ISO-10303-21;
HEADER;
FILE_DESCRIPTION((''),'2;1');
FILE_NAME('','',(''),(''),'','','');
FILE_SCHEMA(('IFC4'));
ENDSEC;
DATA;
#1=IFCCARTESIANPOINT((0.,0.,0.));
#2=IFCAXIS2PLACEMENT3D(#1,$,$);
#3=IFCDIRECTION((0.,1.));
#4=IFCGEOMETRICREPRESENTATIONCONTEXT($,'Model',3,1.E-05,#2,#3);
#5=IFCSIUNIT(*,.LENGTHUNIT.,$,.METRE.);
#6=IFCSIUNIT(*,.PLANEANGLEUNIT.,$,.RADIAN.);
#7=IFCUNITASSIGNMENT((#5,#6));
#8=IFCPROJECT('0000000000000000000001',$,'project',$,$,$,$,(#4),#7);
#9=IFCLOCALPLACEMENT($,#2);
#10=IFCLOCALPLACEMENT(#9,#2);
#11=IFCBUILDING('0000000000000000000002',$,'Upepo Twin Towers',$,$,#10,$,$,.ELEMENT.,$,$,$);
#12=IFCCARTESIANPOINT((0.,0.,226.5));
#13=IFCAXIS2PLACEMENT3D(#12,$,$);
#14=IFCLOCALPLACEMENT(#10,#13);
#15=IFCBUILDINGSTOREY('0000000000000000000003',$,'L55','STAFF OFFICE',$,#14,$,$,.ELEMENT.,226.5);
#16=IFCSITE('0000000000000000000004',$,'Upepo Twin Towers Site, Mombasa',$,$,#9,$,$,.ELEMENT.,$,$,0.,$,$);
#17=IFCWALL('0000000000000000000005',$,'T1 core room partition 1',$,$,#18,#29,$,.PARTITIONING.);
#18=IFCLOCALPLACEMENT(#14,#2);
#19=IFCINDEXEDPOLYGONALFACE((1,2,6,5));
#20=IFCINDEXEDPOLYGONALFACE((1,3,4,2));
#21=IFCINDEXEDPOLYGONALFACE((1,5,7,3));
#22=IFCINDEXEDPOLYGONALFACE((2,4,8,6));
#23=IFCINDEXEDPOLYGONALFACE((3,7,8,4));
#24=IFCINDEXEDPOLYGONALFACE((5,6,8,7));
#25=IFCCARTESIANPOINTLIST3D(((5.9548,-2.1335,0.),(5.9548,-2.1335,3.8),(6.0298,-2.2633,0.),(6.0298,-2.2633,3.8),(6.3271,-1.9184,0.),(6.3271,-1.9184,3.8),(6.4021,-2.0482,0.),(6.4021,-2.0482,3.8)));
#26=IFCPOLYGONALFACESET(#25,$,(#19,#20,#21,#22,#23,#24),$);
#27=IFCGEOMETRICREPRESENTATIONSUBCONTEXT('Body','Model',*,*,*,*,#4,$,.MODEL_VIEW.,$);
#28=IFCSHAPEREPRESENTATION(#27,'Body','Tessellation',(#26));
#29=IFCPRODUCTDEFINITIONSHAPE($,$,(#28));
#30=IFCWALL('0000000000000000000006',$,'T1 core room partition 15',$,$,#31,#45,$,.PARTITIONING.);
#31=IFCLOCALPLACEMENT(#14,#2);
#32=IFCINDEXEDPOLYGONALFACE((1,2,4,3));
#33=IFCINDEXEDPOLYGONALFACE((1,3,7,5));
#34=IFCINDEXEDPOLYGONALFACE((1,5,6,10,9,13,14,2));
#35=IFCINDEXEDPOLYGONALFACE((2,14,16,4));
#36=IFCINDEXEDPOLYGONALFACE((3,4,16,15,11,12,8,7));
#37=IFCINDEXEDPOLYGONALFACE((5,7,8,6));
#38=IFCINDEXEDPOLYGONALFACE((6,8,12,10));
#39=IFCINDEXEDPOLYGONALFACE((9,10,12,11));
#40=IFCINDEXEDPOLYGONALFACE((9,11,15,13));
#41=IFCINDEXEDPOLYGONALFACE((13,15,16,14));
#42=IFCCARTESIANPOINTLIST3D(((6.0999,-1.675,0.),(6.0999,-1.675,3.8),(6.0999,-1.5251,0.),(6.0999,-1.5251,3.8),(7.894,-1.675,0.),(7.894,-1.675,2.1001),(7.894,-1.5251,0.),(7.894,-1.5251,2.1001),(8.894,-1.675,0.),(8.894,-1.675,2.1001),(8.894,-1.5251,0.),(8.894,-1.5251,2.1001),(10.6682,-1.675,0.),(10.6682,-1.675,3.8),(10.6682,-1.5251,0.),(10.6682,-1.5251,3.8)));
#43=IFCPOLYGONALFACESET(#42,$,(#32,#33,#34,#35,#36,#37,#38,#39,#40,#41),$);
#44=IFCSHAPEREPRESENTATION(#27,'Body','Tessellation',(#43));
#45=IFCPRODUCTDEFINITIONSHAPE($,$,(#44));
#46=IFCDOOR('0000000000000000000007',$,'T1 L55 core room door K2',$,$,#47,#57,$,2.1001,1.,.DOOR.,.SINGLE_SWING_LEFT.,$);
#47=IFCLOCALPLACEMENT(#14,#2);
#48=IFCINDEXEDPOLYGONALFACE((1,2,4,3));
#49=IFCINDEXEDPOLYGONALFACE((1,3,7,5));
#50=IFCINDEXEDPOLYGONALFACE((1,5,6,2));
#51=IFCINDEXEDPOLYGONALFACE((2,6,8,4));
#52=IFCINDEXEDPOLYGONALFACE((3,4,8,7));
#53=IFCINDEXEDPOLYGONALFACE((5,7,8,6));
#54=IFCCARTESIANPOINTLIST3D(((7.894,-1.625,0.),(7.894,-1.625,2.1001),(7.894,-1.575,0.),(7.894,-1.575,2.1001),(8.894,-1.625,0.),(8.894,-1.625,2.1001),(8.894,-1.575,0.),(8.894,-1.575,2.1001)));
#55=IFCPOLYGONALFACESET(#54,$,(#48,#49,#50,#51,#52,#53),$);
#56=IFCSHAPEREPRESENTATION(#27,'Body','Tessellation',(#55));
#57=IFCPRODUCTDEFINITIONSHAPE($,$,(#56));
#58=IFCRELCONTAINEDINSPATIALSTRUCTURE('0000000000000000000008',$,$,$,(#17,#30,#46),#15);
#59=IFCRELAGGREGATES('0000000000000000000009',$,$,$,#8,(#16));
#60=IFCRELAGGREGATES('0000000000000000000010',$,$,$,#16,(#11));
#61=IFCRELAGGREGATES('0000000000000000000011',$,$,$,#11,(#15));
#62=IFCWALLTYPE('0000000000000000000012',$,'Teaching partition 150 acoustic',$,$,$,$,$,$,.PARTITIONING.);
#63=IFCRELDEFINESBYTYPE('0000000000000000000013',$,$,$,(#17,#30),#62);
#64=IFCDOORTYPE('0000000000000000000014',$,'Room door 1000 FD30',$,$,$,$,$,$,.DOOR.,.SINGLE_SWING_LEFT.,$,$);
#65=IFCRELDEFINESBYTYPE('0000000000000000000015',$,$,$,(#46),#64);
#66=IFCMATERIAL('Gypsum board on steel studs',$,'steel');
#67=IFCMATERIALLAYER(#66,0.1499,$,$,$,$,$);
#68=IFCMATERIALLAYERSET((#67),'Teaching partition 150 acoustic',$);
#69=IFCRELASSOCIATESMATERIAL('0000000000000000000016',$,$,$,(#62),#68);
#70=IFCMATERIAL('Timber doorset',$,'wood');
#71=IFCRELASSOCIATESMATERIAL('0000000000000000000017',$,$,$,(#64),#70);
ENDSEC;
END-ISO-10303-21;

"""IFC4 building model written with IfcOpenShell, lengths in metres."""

from ifc_helpers import new_model, si_unit, direction, frame, frame_2d, origin, place, context, subcontext, project, spatial, rectangle, extrude, material, layer, layer_set, type_object, element, fill, save


model = new_model("IFC4")

# Units and contexts
model_context = context("Model", 3, precision=1e-05, world=origin(), true_north=direction((0.0, 1.0)))
body_context = subcontext(model_context, "Body", "Model", "MODEL_VIEW")
ifc_project = project(units=[si_unit("LENGTHUNIT", "METRE"), si_unit("PLANEANGLEUNIT", "RADIAN")], contexts=[model_context])

# Site, building, storey
site_placement = place(None, origin())
site = spatial("IfcSite", under=ifc_project, at=site_placement, Name="Upepo Twin Towers Site, Mombasa", CompositionType="ELEMENT", RefElevation=0.0)
building_placement = place(site_placement, origin())
building = spatial("IfcBuilding", under=site, at=building_placement, Name="Upepo Twin Towers", CompositionType="ELEMENT")
storey_placement = place(building_placement, frame((0.0, 0.0, 226.5)))
storey = spatial("IfcBuildingStorey", under=building, at=storey_placement, Name="L55", Description="STAFF OFFICE", CompositionType="ELEMENT", Elevation=226.5)

# Wall
ifc_material_1 = material(Name="Gypsum board on steel studs", Category="steel")
ifc_layer_1 = layer(ifc_material_1, 0.1499)
ifc_layer_set_1 = layer_set([ifc_layer_1], Name="Teaching partition 150 acoustic")
wall_type_1 = type_object("IfcWallType", Name="Teaching partition 150 acoustic", PredefinedType="PARTITIONING", material=ifc_layer_set_1)
wall_1_placement = place(storey_placement, frame((6.3645, -1.9834, 0.0), z_axis=(0.0, 0.0, 1.0), x_axis=(-0.865892, -0.50023, 0.0)))
element("IfcWall", 1, at=wall_1_placement, inside=storey, type_object=wall_type_1, Name="T1 core room partition 1", PredefinedType="PARTITIONING", context=body_context, shape_type="SweptSolid", body=[
    extrude(rectangle(XDim=0.4299, YDim=0.1499, at=frame_2d((0.2148, 0.0))), origin(), (0.0, 0.0, 1.0), 3.8),
])

# Wall, opening, door
wall_2_placement = place(storey_placement, frame((10.6682, -1.6001, 0.0), z_axis=(0.0, 0.0, 1.0), x_axis=(-1.0, 0.0, 0.0)))
wall_2 = element("IfcWall", 2, at=wall_2_placement, inside=storey, type_object=wall_type_1, Name="T1 core room partition 15", PredefinedType="PARTITIONING", context=body_context, shape_type="SweptSolid", body=[
    extrude(rectangle(XDim=4.5684, YDim=0.1499, at=frame_2d((2.2842, 0.0))), origin(), (0.0, 0.0, 1.0), 3.8),
])
opening_1_placement = place(wall_2_placement, frame((1.7742, 0.0, 0.0)))
opening_1 = element("IfcOpeningElement", 3, at=opening_1_placement, cuts=wall_2, PredefinedType="OPENING", context=body_context, shape_type="SweptSolid", body=[
    extrude(rectangle(XDim=1.0, YDim=2.1001, at=frame_2d((0.5, 1.05))), frame((0.0, 0.085, 0.0), z_axis=(0.0, -1.0, 0.0), x_axis=(1.0, 0.0, 0.0)), (0.0, 0.0, 1.0), 0.1699),
])
ifc_material_2 = material(Name="Timber doorset", Category="wood")
door_type_1 = type_object("IfcDoorType", Name="Room door 1000 FD30", OperationType="SINGLE_SWING_LEFT", PredefinedType="DOOR", material=ifc_material_2)
door_1_placement = place(opening_1_placement, origin())
door_1 = element("IfcDoor", 4, at=door_1_placement, inside=storey, type_object=door_type_1, Name="T1 L55 core room door K2", OperationType="SINGLE_SWING_LEFT", OverallHeight=2.1001, OverallWidth=1.0, PredefinedType="DOOR", context=body_context, shape_type="SweptSolid", body=[
    extrude(rectangle(XDim=1.0, YDim=2.1001, at=frame_2d((0.5, 1.05))), frame((0.0, 0.0249, 0.0), z_axis=(0.0, -1.0, 0.0), x_axis=(1.0, 0.0, 0.0)), (0.0, 0.0, 1.0), 0.05),
])
fill(opening_1, door_1)

save(model, "model.ifc")
